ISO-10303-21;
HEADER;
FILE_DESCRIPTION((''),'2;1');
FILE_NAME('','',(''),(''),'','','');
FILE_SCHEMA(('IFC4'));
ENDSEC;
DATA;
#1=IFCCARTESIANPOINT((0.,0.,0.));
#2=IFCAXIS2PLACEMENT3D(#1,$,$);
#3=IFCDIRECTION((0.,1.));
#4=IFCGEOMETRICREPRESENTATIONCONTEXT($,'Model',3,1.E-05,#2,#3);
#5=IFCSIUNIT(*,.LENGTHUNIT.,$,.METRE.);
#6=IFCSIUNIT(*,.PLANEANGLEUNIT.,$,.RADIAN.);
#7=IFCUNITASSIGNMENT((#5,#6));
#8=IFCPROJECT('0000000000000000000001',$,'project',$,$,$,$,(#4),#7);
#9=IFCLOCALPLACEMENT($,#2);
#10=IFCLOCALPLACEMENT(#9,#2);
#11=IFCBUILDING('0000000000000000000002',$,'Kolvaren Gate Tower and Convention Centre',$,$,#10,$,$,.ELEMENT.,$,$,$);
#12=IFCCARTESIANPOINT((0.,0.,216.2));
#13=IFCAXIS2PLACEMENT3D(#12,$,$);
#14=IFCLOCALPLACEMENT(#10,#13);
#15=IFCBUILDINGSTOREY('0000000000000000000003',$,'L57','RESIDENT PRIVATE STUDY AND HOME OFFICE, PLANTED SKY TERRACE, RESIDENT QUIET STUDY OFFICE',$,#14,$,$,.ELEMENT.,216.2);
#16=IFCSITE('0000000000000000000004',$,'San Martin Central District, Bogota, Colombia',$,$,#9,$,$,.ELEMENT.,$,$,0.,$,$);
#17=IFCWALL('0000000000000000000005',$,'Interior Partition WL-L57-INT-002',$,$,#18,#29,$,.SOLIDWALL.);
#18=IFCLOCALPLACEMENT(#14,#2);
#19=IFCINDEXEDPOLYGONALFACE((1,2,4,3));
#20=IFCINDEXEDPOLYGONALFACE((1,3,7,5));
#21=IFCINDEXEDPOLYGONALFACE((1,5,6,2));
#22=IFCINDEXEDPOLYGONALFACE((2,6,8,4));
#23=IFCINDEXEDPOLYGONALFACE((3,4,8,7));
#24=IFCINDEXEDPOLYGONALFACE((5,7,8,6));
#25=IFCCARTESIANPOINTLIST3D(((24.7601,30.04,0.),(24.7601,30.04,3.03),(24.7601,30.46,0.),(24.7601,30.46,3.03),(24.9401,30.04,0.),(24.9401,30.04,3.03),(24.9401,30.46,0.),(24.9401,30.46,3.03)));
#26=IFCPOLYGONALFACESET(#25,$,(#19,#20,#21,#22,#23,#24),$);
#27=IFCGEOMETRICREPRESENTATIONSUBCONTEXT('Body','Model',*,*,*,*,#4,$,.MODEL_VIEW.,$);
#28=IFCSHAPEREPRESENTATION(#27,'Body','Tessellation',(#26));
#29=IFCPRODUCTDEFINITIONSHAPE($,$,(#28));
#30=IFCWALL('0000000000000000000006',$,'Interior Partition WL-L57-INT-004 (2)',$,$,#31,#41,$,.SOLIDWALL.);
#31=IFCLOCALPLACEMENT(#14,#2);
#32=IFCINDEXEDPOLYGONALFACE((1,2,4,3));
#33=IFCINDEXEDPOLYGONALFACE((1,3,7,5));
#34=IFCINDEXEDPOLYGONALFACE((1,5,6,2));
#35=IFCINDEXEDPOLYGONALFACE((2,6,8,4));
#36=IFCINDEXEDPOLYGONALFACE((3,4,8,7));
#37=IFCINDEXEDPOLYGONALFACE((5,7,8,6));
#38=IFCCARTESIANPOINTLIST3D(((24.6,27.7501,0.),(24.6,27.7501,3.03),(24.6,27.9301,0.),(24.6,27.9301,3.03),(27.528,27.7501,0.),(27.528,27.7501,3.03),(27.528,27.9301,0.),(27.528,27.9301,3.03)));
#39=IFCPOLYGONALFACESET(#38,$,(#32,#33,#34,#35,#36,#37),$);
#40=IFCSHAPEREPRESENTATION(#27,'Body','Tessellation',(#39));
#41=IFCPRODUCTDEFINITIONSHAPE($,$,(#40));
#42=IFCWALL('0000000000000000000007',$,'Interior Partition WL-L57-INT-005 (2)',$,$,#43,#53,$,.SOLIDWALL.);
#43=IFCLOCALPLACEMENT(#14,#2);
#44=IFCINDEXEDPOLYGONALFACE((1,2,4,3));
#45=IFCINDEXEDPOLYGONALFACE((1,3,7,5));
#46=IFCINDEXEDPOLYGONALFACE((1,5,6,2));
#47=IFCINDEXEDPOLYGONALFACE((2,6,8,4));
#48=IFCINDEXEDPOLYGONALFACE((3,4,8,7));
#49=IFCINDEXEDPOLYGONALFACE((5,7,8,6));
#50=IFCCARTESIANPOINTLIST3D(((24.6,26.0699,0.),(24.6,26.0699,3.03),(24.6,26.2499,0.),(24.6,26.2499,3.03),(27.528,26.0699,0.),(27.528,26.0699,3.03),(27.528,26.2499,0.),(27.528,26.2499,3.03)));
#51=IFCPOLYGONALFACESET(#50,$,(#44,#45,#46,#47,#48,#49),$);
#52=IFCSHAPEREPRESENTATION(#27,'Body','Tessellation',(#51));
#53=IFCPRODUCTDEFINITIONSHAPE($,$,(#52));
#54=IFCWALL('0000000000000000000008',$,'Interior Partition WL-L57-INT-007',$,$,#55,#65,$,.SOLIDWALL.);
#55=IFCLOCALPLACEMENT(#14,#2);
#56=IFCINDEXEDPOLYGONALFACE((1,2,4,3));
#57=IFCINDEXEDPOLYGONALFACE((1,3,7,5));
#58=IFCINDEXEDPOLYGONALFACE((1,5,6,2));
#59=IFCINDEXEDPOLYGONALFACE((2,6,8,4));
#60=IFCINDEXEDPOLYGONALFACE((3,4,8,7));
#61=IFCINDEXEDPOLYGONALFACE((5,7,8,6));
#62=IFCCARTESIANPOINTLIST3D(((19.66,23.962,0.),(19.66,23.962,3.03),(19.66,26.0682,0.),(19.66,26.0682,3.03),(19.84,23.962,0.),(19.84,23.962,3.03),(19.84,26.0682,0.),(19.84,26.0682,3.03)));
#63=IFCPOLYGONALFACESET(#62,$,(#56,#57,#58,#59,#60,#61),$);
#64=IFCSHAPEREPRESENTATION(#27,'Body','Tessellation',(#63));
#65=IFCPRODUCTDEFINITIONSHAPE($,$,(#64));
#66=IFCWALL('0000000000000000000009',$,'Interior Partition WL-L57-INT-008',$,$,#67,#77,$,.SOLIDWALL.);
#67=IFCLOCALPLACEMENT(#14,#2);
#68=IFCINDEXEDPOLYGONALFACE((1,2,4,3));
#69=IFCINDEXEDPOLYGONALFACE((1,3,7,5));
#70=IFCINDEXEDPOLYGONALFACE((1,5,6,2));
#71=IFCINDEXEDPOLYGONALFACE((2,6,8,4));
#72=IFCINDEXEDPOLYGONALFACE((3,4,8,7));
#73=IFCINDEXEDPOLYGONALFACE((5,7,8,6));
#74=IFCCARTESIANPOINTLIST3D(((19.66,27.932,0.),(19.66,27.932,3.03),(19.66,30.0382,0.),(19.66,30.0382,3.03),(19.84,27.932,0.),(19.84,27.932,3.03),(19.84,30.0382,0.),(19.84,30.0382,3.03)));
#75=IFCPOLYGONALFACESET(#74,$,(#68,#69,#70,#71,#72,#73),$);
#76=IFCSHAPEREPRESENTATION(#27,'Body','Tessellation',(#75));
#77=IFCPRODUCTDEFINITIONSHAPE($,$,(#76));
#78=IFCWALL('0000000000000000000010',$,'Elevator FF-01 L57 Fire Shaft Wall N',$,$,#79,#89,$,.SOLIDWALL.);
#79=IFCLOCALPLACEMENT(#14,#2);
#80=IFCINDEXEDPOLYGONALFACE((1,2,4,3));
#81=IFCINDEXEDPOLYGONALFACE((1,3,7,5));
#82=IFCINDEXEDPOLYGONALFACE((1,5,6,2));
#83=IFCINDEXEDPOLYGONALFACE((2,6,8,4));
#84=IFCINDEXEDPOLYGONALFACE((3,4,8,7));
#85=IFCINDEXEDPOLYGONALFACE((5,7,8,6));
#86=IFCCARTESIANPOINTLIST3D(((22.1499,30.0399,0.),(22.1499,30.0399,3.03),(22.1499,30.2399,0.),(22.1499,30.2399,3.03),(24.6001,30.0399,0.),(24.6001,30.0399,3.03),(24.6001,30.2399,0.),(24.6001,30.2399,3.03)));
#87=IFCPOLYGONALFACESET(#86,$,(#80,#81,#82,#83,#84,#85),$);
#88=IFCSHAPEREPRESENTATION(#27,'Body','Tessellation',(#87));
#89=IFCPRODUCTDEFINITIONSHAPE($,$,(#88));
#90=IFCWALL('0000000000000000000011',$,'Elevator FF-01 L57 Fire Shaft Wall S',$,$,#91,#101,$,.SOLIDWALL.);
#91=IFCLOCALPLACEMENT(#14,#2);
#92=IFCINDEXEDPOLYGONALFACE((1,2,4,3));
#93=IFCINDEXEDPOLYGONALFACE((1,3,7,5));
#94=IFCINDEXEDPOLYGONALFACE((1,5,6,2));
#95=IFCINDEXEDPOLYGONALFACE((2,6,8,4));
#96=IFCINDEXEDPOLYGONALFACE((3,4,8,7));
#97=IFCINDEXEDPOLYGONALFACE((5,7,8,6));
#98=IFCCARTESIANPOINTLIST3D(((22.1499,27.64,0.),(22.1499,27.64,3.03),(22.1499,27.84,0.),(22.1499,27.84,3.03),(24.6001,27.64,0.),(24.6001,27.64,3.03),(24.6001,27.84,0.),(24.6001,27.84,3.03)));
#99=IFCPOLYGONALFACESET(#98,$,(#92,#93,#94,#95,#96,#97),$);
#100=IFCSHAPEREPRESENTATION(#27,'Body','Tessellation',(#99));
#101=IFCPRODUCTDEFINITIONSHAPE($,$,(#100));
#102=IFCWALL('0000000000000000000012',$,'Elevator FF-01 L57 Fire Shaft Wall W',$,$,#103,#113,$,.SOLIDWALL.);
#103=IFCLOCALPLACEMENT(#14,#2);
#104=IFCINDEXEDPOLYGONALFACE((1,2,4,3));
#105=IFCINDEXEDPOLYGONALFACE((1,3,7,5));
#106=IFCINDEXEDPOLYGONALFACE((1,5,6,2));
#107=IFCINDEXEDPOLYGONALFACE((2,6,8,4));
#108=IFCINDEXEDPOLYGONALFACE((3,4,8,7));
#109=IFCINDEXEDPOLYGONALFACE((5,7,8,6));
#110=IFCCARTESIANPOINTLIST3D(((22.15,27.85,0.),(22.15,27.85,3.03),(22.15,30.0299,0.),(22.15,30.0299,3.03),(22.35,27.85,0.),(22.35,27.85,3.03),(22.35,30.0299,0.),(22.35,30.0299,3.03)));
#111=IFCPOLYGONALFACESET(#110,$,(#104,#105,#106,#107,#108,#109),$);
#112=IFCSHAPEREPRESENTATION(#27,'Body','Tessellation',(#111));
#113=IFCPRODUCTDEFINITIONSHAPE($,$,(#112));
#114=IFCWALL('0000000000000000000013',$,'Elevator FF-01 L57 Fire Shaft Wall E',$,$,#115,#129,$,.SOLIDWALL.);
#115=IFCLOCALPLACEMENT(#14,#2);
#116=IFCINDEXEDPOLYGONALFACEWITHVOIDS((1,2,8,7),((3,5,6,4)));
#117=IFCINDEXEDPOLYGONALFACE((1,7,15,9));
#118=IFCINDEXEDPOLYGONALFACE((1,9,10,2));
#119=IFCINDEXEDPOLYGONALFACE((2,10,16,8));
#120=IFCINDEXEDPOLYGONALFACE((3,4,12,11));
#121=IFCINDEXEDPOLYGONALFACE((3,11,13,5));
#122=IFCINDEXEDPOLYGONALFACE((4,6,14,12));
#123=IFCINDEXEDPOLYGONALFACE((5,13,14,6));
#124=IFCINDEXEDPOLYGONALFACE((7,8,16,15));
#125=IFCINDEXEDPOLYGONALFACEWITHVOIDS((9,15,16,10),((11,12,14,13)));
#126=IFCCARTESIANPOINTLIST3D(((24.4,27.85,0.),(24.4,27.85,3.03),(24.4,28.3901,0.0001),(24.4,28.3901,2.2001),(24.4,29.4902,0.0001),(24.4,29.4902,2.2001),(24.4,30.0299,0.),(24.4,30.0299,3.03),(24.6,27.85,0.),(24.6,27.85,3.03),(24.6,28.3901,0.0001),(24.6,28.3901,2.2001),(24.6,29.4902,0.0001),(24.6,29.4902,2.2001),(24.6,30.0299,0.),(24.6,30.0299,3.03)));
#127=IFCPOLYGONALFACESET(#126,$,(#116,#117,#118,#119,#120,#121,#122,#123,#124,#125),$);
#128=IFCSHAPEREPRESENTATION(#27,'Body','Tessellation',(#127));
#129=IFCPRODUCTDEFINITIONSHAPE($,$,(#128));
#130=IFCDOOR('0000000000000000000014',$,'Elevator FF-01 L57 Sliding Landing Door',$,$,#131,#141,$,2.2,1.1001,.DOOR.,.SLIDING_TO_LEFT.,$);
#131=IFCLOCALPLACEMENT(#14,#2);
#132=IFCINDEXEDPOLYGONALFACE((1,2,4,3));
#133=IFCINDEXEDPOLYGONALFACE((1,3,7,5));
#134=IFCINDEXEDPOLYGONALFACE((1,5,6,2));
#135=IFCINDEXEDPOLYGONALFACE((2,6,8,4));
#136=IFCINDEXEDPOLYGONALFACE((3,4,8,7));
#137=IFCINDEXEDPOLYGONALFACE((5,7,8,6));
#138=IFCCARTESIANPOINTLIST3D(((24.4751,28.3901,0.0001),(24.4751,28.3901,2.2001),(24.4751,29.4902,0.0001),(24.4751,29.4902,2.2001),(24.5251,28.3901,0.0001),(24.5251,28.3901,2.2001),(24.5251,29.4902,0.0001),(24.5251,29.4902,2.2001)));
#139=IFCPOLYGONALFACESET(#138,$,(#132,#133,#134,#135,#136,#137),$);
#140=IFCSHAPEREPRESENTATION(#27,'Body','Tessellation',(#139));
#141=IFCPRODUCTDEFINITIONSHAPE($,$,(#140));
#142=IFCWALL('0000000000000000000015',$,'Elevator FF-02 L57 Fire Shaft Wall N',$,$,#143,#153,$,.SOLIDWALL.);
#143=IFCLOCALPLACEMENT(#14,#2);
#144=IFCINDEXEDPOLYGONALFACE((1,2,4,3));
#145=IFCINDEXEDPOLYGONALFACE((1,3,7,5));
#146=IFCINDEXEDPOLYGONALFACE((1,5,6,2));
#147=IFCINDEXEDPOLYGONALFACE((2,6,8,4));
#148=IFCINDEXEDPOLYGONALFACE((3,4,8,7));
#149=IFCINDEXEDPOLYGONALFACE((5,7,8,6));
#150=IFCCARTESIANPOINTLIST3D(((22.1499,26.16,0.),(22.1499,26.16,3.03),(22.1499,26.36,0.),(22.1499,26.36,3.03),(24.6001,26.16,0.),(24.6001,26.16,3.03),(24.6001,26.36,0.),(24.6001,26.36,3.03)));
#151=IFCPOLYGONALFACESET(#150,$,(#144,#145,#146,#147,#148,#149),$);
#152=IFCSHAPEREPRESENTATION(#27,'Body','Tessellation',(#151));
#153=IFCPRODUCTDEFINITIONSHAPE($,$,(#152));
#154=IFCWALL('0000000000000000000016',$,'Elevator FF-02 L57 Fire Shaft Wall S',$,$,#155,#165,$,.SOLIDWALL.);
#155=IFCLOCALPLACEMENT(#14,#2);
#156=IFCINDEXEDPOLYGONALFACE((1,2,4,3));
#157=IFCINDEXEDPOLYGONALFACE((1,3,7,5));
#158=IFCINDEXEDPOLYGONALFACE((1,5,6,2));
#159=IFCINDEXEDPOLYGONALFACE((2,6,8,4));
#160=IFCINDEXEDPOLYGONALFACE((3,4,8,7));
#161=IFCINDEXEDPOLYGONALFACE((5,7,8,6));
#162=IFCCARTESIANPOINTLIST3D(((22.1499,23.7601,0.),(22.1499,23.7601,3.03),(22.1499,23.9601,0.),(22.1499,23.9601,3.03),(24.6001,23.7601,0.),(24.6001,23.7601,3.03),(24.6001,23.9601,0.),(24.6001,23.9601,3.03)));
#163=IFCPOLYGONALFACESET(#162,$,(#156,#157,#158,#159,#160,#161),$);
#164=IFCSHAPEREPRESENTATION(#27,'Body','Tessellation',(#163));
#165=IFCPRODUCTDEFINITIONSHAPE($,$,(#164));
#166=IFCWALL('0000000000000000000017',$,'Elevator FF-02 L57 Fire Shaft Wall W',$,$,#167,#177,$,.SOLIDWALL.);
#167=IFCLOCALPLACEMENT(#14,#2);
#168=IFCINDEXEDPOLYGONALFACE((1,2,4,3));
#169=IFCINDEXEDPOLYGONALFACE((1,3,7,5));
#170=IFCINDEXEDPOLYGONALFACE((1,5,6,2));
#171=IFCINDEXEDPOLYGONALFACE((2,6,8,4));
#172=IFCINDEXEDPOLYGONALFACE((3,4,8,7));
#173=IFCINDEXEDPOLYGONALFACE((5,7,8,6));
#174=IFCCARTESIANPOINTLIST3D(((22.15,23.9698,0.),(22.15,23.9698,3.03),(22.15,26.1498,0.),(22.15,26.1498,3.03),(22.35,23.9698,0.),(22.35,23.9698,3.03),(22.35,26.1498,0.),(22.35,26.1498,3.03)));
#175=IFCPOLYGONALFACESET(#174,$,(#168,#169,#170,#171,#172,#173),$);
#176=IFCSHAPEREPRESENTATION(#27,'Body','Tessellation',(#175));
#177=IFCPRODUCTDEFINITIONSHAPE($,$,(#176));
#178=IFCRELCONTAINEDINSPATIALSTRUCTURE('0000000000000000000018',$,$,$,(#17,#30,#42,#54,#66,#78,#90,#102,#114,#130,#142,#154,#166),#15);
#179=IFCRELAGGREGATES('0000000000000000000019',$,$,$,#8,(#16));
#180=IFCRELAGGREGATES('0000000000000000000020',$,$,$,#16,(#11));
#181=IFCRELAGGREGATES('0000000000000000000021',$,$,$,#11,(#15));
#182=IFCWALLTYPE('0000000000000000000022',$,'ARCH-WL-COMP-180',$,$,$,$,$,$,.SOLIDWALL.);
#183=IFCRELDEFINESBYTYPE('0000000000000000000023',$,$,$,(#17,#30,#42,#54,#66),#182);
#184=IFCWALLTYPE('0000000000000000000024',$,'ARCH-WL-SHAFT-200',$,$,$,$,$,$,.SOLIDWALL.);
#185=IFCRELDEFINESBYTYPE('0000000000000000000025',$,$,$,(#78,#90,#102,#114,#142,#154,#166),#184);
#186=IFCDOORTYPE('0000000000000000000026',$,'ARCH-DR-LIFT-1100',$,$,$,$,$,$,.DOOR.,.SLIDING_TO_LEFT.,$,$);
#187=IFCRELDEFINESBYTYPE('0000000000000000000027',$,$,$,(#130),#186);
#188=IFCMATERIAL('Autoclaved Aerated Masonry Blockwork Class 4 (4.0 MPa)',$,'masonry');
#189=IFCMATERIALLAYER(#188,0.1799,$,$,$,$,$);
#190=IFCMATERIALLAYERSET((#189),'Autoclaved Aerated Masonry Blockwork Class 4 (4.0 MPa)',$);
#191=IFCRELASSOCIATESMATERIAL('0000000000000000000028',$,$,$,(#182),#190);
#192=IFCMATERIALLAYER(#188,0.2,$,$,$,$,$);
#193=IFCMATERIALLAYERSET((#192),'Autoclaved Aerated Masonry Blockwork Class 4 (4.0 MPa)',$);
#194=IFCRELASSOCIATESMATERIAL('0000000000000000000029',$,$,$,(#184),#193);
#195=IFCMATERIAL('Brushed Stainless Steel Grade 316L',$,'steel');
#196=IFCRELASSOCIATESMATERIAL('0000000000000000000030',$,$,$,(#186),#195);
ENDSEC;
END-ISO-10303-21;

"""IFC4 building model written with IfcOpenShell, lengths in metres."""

from ifc_helpers import new_model, si_unit, direction, frame, frame_2d, origin, place, context, subcontext, project, spatial, rectangle, extrude, material, layer, layer_set, type_object, element, fill, save


model = new_model("IFC4")

# Units and contexts
model_context = context("Model", 3, precision=1e-05, world=origin(), true_north=direction((0.0, 1.0)))
body_context = subcontext(model_context, "Body", "Model", "MODEL_VIEW")
ifc_project = project(units=[si_unit("LENGTHUNIT", "METRE"), si_unit("PLANEANGLEUNIT", "RADIAN")], contexts=[model_context])

# Site, building, storey
site_placement = place(None, origin())
site = spatial("IfcSite", under=ifc_project, at=site_placement, Name="San Martin Central District, Bogota, Colombia", CompositionType="ELEMENT", RefElevation=0.0)
building_placement = place(site_placement, origin())
building = spatial("IfcBuilding", under=site, at=building_placement, Name="Kolvaren Gate Tower and Convention Centre", CompositionType="ELEMENT")
storey_placement = place(building_placement, frame((0.0, 0.0, 216.2)))
storey = spatial("IfcBuildingStorey", under=building, at=storey_placement, Name="L57", Description="RESIDENT PRIVATE STUDY AND HOME OFFICE, PLANTED SKY TERRACE, RESIDENT QUIET STUDY OFFICE", CompositionType="ELEMENT", Elevation=216.2)

# Walls
ifc_material_1 = material(Name="Autoclaved Aerated Masonry Blockwork Class 4 (4.0 MPa)", Category="masonry")
ifc_layer_1 = layer(ifc_material_1, 0.1799)
ifc_layer_set_1 = layer_set([ifc_layer_1], Name="Autoclaved Aerated Masonry Blockwork Class 4 (4.0 MPa)")
wall_type_1 = type_object("IfcWallType", Name="ARCH-WL-COMP-180", PredefinedType="SOLIDWALL", material=ifc_layer_set_1)
wall_1_placement = place(storey_placement, frame((24.8501, 30.04, 0.0), z_axis=(0.0, 0.0, 1.0), x_axis=(0.0, 1.0, 0.0)))
element("IfcWall", 1, at=wall_1_placement, inside=storey, type_object=wall_type_1, Name="Interior Partition WL-L57-INT-002", PredefinedType="SOLIDWALL", context=body_context, shape_type="SweptSolid", body=[
    extrude(rectangle(XDim=0.4199, YDim=0.1799, at=frame_2d((0.21, 0.0))), origin(), (0.0, 0.0, 1.0), 3.03),
])
for number, where, z_axis, x_axis, name in (
    (2, (24.6001, 27.8401, 0.0), (0.0, 0.0, 1.0), (1.0, 0.0, 0.0), "Interior Partition WL-L57-INT-004 (2)"),
    (3, (24.6001, 26.1599, 0.0), (0.0, 0.0, 1.0), (1.0, 0.0, 0.0), "Interior Partition WL-L57-INT-005 (2)"),
):
    element("IfcWall", number, at=place(storey_placement, frame(where, z_axis=z_axis, x_axis=x_axis)), inside=storey, type_object=wall_type_1, Name=name, PredefinedType="SOLIDWALL", context=body_context, shape_type="SweptSolid", body=[
        extrude(rectangle(XDim=2.928, YDim=0.1799, at=frame_2d((1.4639, 0.0))), origin(), (0.0, 0.0, 1.0), 3.03),
    ])
for number, where, z_axis, x_axis, name in (
    (4, (19.75, 23.9619, 0.0), (0.0, 0.0, 1.0), (0.0, 1.0, 0.0), "Interior Partition WL-L57-INT-007"),
    (5, (19.75, 27.9319, 0.0), (0.0, 0.0, 1.0), (0.0, 1.0, 0.0), "Interior Partition WL-L57-INT-008"),
):
    element("IfcWall", number, at=place(storey_placement, frame(where, z_axis=z_axis, x_axis=x_axis)), inside=storey, type_object=wall_type_1, Name=name, PredefinedType="SOLIDWALL", context=body_context, shape_type="SweptSolid", body=[
        extrude(rectangle(XDim=2.1062, YDim=0.1799, at=frame_2d((1.0532, 0.0))), origin(), (0.0, 0.0, 1.0), 3.03),
    ])
ifc_layer_2 = layer(ifc_material_1, 0.2)
ifc_layer_set_2 = layer_set([ifc_layer_2], Name="Autoclaved Aerated Masonry Blockwork Class 4 (4.0 MPa)")
wall_type_2 = type_object("IfcWallType", Name="ARCH-WL-SHAFT-200", PredefinedType="SOLIDWALL", material=ifc_layer_set_2)
for number, where, z_axis, x_axis, name in (
    (6, (22.1499, 30.1399, 0.0), (0.0, 0.0, 1.0), (1.0, 0.0, 0.0), "Elevator FF-01 L57 Fire Shaft Wall N"),
    (7, (22.1499, 27.74, 0.0), (0.0, 0.0, 1.0), (1.0, 0.0, 0.0), "Elevator FF-01 L57 Fire Shaft Wall S"),
):
    element("IfcWall", number, at=place(storey_placement, frame(where, z_axis=z_axis, x_axis=x_axis)), inside=storey, type_object=wall_type_2, Name=name, PredefinedType="SOLIDWALL", context=body_context, shape_type="SweptSolid", body=[
        extrude(rectangle(XDim=2.4502, YDim=0.2, at=frame_2d((1.2251, 0.0))), origin(), (0.0, 0.0, 1.0), 3.03),
    ])
wall_2_placement = place(storey_placement, frame((22.25, 27.8501, 0.0), z_axis=(0.0, 0.0, 1.0), x_axis=(0.0, 1.0, 0.0)))
element("IfcWall", 8, at=wall_2_placement, inside=storey, type_object=wall_type_2, Name="Elevator FF-01 L57 Fire Shaft Wall W", PredefinedType="SOLIDWALL", context=body_context, shape_type="SweptSolid", body=[
    extrude(rectangle(XDim=2.1799, YDim=0.2, at=frame_2d((1.0898, 0.0))), origin(), (0.0, 0.0, 1.0), 3.03),
])

# Wall, opening, door
wall_3_placement = place(storey_placement, frame((24.5, 27.8501, 0.0), z_axis=(0.0, 0.0, 1.0), x_axis=(0.0, 1.0, 0.0)))
wall_3 = element("IfcWall", 9, at=wall_3_placement, inside=storey, type_object=wall_type_2, Name="Elevator FF-01 L57 Fire Shaft Wall E", PredefinedType="SOLIDWALL", context=body_context, shape_type="SweptSolid", body=[
    extrude(rectangle(XDim=2.1799, YDim=0.2, at=frame_2d((1.0898, 0.0))), origin(), (0.0, 0.0, 1.0), 3.03),
])
opening_1_placement = place(wall_3_placement, frame((0.54, 0.0, 0.0)))
opening_1 = element("IfcOpeningElement", 10, at=opening_1_placement, cuts=wall_3, PredefinedType="OPENING", context=body_context, shape_type="SweptSolid", body=[
    extrude(rectangle(XDim=1.1001, YDim=2.2, at=frame_2d((0.55, 1.1001))), frame((0.0, 0.1099, 0.0), z_axis=(0.0, -1.0, 0.0), x_axis=(1.0, 0.0, 0.0)), (0.0, 0.0, 1.0), 0.22),
])
ifc_material_2 = material(Name="Brushed Stainless Steel Grade 316L", Category="steel")
door_type_1 = type_object("IfcDoorType", Name="ARCH-DR-LIFT-1100", OperationType="SLIDING_TO_LEFT", PredefinedType="DOOR", material=ifc_material_2)
door_1_placement = place(opening_1_placement, origin())
door_1 = element("IfcDoor", 11, at=door_1_placement, inside=storey, type_object=door_type_1, Name="Elevator FF-01 L57 Sliding Landing Door", OperationType="SLIDING_TO_LEFT", OverallHeight=2.2, OverallWidth=1.1001, PredefinedType="DOOR", context=body_context, shape_type="SweptSolid", body=[
    extrude(rectangle(XDim=1.1001, YDim=2.2, at=frame_2d((0.55, 1.1001))), frame((0.0, 0.0249, 0.0), z_axis=(0.0, -1.0, 0.0), x_axis=(1.0, 0.0, 0.0)), (0.0, 0.0, 1.0), 0.05),
])
fill(opening_1, door_1)

# Walls
for number, where, z_axis, x_axis, name in (
    (12, (22.1499, 26.26, 0.0), (0.0, 0.0, 1.0), (1.0, 0.0, 0.0), "Elevator FF-02 L57 Fire Shaft Wall N"),
    (13, (22.1499, 23.8601, 0.0), (0.0, 0.0, 1.0), (1.0, 0.0, 0.0), "Elevator FF-02 L57 Fire Shaft Wall S"),
):
    element("IfcWall", number, at=place(storey_placement, frame(where, z_axis=z_axis, x_axis=x_axis)), inside=storey, type_object=wall_type_2, Name=name, PredefinedType="SOLIDWALL", context=body_context, shape_type="SweptSolid", body=[
        extrude(rectangle(XDim=2.4502, YDim=0.2, at=frame_2d((1.2251, 0.0))), origin(), (0.0, 0.0, 1.0), 3.03),
    ])
wall_4_placement = place(storey_placement, frame((22.25, 23.97, 0.0), z_axis=(0.0, 0.0, 1.0), x_axis=(0.0, 1.0, 0.0)))
element("IfcWall", 14, at=wall_4_placement, inside=storey, type_object=wall_type_2, Name="Elevator FF-02 L57 Fire Shaft Wall W", PredefinedType="SOLIDWALL", context=body_context, shape_type="SweptSolid", body=[
    extrude(rectangle(XDim=2.1799, YDim=0.2, at=frame_2d((1.0898, 0.0))), origin(), (0.0, 0.0, 1.0), 3.03),
])

save(model, "model.ifc")
